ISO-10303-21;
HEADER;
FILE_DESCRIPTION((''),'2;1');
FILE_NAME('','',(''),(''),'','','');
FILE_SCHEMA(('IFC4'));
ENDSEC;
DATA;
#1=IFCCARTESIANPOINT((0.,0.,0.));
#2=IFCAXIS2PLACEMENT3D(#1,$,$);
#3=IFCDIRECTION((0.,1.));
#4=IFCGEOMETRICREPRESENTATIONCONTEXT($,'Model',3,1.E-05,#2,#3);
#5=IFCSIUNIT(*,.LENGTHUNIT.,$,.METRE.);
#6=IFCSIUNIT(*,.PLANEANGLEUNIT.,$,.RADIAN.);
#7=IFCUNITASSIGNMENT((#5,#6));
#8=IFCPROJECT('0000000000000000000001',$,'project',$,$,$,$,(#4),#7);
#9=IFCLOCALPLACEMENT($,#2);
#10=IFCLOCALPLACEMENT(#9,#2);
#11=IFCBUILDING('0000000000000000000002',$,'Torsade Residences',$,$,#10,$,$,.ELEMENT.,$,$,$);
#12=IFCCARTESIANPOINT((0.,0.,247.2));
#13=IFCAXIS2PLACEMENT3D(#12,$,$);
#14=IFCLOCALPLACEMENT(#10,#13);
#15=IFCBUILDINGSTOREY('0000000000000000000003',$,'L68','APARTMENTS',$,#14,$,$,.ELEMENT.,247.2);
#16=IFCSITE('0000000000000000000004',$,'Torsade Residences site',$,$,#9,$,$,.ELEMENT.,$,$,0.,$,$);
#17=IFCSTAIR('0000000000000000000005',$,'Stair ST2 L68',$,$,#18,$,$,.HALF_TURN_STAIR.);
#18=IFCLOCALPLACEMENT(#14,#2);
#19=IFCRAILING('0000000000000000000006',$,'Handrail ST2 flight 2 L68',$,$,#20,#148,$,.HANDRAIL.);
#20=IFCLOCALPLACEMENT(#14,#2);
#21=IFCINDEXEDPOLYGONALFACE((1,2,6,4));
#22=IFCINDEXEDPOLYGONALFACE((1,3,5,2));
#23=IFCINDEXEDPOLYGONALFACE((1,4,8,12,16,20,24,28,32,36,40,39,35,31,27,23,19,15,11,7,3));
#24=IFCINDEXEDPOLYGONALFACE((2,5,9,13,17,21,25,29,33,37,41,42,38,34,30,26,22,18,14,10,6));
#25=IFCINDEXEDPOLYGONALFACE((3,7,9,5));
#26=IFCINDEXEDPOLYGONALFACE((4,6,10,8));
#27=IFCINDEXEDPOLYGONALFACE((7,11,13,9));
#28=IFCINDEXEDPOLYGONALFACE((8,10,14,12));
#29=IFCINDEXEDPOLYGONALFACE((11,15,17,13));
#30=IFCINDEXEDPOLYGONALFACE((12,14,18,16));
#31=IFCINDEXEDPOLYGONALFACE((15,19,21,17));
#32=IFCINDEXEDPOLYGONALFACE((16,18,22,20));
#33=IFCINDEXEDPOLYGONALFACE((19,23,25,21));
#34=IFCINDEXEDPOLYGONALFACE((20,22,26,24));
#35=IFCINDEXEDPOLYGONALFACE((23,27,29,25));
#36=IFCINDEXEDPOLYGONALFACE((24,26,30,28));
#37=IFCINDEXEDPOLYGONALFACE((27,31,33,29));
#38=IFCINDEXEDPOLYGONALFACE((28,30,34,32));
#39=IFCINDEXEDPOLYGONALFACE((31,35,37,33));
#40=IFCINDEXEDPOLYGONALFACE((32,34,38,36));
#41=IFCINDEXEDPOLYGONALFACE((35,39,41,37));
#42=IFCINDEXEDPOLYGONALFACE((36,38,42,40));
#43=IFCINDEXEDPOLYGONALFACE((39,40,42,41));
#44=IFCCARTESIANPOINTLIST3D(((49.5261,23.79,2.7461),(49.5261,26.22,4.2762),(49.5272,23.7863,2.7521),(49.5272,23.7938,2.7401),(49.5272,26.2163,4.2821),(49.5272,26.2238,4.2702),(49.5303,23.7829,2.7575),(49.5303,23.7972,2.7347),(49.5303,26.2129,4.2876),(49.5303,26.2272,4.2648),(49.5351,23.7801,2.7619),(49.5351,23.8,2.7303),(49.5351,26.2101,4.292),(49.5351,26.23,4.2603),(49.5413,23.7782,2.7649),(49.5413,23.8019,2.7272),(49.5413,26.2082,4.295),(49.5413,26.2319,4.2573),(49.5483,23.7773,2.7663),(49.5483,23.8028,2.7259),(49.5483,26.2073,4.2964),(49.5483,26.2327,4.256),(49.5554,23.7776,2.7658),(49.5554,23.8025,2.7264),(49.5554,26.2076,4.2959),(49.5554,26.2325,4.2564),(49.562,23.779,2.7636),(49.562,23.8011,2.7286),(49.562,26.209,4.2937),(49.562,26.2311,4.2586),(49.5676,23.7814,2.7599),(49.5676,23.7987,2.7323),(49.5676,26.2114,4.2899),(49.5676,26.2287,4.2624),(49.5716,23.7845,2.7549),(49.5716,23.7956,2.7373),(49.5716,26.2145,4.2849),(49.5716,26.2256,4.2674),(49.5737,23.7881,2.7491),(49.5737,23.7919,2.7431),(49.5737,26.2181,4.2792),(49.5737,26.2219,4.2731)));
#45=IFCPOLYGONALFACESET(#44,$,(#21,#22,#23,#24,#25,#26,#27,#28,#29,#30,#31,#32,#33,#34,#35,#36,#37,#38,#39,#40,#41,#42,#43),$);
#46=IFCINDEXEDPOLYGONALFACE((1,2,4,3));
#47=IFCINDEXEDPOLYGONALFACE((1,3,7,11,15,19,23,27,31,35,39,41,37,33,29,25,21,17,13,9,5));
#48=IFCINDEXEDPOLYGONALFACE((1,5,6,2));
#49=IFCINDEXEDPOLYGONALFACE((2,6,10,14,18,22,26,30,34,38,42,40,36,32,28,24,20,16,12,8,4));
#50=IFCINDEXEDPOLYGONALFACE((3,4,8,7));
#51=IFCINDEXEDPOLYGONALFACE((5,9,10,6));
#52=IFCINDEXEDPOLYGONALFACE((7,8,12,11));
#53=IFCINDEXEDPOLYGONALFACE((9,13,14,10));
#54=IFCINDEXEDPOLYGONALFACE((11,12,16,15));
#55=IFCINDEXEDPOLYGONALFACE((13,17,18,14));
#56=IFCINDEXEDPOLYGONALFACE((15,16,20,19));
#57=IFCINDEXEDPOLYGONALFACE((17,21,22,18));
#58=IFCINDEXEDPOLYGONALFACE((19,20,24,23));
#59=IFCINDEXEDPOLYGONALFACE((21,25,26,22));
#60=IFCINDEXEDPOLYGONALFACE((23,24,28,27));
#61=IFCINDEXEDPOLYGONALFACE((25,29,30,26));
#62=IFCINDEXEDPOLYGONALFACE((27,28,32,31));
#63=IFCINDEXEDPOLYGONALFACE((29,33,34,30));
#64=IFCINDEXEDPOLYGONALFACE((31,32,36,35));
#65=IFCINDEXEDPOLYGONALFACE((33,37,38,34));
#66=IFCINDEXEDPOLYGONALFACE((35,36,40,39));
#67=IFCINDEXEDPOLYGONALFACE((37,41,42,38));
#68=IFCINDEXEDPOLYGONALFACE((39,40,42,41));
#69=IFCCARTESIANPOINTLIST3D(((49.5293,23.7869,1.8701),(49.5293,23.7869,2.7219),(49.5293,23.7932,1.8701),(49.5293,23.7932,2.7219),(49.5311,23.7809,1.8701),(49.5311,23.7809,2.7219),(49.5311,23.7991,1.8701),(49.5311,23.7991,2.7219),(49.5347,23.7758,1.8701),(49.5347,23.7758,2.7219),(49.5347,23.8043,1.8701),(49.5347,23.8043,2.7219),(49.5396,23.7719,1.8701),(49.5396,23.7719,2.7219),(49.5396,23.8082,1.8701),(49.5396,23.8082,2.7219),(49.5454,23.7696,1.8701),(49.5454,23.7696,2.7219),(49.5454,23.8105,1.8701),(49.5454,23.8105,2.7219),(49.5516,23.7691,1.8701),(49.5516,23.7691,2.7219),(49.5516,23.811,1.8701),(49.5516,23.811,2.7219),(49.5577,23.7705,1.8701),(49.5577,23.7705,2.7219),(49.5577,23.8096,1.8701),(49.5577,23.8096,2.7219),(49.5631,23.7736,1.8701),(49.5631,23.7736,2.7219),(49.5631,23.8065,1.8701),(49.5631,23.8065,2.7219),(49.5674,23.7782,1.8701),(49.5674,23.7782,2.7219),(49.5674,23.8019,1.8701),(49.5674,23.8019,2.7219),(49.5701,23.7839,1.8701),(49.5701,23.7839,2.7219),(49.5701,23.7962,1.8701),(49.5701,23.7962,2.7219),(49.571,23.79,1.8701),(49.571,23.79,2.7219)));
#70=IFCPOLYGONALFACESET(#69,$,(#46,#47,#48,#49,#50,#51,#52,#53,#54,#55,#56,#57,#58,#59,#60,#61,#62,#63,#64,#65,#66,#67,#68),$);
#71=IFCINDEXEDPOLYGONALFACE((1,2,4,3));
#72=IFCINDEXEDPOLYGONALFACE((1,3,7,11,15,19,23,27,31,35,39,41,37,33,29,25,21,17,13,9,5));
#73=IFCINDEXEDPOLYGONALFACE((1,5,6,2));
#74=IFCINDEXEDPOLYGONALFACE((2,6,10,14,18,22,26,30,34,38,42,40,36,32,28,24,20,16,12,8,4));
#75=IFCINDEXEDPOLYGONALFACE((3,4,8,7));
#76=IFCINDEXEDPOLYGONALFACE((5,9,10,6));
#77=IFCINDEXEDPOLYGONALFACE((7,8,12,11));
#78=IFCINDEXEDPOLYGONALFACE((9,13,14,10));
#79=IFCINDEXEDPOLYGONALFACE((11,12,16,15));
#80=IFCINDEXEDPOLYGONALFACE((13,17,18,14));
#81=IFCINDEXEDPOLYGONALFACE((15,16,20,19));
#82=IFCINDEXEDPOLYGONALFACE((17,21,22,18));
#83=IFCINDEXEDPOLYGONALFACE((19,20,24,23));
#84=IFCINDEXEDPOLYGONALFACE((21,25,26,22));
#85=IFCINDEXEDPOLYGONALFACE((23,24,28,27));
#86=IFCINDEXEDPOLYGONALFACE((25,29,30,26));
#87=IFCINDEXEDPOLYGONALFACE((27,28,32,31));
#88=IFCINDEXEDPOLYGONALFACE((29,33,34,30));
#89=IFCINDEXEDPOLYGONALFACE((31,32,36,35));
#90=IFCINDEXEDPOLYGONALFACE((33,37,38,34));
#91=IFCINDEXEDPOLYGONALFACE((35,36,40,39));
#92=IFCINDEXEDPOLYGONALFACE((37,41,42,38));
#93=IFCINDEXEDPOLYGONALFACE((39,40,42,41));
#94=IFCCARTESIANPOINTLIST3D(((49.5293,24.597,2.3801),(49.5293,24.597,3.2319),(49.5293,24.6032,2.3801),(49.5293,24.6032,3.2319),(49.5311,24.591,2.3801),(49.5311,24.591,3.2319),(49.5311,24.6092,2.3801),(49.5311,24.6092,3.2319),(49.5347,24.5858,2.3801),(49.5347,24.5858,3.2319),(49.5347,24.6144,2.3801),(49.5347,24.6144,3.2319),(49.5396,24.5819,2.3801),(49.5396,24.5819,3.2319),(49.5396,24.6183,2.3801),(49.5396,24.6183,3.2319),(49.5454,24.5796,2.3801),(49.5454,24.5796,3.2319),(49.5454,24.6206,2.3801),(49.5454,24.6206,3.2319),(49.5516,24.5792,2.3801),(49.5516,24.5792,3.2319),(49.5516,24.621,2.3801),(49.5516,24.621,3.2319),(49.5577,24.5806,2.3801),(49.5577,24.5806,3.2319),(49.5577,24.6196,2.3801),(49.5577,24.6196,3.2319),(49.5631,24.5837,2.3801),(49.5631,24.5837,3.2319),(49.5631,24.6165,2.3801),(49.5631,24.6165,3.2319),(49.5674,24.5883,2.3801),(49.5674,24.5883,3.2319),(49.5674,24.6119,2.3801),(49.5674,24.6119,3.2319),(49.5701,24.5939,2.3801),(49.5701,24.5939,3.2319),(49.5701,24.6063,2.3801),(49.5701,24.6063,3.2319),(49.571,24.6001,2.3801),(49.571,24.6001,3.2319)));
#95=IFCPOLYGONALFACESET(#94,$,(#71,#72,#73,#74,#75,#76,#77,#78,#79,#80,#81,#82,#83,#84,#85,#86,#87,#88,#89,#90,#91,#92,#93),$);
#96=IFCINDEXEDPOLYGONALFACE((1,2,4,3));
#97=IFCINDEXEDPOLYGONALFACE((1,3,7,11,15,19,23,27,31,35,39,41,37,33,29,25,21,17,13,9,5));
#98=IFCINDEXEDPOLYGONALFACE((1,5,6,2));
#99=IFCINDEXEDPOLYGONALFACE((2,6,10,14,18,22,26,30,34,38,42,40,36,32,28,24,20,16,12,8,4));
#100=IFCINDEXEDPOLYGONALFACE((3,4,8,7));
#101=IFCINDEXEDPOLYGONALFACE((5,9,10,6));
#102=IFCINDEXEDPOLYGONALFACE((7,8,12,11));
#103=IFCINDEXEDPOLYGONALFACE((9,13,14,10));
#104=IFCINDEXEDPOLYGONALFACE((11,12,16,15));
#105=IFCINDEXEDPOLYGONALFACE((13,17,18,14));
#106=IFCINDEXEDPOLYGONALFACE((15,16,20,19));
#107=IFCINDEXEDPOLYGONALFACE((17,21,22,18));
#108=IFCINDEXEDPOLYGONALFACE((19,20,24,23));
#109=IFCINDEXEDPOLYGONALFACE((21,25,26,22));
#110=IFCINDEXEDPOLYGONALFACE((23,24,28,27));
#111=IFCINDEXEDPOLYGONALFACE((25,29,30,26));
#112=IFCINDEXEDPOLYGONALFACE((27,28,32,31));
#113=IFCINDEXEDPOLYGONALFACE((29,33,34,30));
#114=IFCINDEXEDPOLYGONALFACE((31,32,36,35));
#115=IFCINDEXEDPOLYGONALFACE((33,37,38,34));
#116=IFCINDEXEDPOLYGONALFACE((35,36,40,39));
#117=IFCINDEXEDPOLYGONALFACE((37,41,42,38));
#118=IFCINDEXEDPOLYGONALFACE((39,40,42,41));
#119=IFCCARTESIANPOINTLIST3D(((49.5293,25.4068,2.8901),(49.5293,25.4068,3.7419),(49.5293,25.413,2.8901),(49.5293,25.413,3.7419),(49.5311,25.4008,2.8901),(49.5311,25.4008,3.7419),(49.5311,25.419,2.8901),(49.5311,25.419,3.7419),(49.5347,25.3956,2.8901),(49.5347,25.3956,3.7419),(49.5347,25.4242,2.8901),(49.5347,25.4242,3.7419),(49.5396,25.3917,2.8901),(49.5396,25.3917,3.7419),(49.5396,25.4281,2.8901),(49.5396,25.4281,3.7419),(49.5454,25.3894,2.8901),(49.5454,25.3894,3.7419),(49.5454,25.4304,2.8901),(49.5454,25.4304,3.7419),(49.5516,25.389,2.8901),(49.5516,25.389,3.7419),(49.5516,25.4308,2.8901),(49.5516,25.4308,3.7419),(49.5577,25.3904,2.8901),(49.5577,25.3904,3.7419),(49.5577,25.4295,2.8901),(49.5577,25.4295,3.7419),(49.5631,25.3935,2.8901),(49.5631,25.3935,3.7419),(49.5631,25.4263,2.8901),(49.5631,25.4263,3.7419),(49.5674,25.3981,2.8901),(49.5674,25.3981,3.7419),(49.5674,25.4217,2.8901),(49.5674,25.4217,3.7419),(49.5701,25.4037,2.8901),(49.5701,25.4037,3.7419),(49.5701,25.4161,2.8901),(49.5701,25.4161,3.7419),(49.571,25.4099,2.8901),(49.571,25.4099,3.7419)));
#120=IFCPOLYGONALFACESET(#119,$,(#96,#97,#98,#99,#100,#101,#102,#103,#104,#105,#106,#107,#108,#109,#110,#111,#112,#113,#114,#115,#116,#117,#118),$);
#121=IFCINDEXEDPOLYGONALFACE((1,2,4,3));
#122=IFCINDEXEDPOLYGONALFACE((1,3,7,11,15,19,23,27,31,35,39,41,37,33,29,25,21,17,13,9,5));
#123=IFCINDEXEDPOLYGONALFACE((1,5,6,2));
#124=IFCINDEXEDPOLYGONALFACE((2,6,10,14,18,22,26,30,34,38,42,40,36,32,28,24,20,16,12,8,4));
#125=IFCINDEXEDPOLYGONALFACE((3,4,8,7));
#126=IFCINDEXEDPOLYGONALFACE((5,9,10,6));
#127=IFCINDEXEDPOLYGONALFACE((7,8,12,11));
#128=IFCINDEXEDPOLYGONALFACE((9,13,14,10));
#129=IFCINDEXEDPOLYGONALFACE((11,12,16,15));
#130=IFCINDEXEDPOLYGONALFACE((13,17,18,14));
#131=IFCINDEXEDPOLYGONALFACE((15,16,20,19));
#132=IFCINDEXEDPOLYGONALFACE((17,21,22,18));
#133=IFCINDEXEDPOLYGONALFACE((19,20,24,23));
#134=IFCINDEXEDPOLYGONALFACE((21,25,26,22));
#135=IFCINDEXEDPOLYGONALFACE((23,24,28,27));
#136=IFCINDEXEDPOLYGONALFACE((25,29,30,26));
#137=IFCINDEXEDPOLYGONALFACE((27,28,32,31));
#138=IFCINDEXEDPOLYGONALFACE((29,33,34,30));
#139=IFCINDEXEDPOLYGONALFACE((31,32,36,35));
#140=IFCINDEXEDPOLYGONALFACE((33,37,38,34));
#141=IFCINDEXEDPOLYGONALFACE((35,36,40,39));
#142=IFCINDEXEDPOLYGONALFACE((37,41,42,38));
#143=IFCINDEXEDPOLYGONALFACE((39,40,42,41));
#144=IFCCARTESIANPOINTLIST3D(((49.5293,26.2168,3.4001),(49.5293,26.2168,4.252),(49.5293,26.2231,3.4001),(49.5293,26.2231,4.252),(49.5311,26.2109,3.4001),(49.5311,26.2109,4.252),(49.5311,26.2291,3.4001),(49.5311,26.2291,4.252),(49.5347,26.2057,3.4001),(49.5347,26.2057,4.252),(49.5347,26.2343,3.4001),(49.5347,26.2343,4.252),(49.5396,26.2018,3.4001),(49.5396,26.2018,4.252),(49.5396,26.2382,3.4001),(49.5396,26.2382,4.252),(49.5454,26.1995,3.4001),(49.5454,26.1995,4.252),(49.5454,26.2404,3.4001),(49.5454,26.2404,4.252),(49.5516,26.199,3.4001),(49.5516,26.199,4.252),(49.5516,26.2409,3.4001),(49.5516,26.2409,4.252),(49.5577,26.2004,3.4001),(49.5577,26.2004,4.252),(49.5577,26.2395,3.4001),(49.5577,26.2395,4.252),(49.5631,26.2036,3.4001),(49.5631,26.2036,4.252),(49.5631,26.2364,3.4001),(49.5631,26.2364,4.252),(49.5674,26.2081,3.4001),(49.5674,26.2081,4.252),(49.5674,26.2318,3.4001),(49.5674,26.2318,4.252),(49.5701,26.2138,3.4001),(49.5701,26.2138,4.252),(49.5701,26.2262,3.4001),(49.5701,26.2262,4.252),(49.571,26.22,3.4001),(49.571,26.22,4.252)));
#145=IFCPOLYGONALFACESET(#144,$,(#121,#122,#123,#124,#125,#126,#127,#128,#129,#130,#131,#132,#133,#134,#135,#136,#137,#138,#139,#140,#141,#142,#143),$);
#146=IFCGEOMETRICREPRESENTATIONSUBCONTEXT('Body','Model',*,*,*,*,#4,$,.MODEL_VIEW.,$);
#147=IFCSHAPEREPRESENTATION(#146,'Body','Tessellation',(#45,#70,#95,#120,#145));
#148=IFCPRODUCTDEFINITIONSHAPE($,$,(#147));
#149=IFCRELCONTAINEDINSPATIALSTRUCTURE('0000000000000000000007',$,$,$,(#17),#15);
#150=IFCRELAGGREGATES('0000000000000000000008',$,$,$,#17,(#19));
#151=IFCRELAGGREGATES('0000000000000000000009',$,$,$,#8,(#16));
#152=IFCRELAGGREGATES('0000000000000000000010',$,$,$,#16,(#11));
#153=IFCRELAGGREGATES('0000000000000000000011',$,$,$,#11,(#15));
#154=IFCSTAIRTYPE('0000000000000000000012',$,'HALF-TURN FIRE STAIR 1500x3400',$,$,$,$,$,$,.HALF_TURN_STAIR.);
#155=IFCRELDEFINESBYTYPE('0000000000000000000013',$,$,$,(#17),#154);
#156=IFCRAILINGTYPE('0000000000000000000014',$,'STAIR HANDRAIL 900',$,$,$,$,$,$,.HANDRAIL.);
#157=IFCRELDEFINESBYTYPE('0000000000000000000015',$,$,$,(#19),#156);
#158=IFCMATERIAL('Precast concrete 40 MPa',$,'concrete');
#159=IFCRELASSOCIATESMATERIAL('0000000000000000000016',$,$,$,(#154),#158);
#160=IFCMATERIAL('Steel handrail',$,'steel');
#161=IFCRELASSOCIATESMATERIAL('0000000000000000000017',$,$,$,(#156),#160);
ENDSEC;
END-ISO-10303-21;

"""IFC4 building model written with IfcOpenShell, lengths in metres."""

from ifc_helpers import new_model, si_unit, direction, frame, origin, origin_2d, place, context, subcontext, project, spatial, circle, extrude, material, type_object, element, aggregate, save


model = new_model("IFC4")

# Units and contexts
model_context = context("Model", 3, precision=1e-05, world=origin(), true_north=direction((0.0, 1.0)))
body_context = subcontext(model_context, "Body", "Model", "MODEL_VIEW")
ifc_project = project(units=[si_unit("LENGTHUNIT", "METRE"), si_unit("PLANEANGLEUNIT", "RADIAN")], contexts=[model_context])

# Site, building, storey
site_placement = place(None, origin())
site = spatial("IfcSite", under=ifc_project, at=site_placement, Name="Torsade Residences site", CompositionType="ELEMENT", RefElevation=0.0)
building_placement = place(site_placement, origin())
building = spatial("IfcBuilding", under=site, at=building_placement, Name="Torsade Residences", CompositionType="ELEMENT")
storey_placement = place(building_placement, frame((0.0, 0.0, 247.2)))
storey = spatial("IfcBuildingStorey", under=building, at=storey_placement, Name="L68", Description="APARTMENTS", CompositionType="ELEMENT", Elevation=247.2)

# Stair, railing
ifc_material_1 = material(Name="Precast concrete 40 MPa", Category="concrete")
stair_type = type_object("IfcStairType", Name="HALF-TURN FIRE STAIR 1500x3400", PredefinedType="HALF_TURN_STAIR", material=ifc_material_1)
stair_placement = place(storey_placement, origin())
stair = element("IfcStair", 1, at=stair_placement, inside=storey, type_object=stair_type, Name="Stair ST2 L68", PredefinedType="HALF_TURN_STAIR")
ifc_material_2 = material(Name="Steel handrail", Category="steel")
railing_type = type_object("IfcRailingType", Name="STAIR HANDRAIL 900", PredefinedType="HANDRAIL", material=ifc_material_2)
railing_1_placement = place(storey_placement, frame((49.55, 23.79, 1.8701)))
railing_1 = element("IfcRailing", 2, at=railing_1_placement, type_object=railing_type, Name="Handrail ST2 flight 2 L68", PredefinedType="HANDRAIL", context=body_context, shape_type="SweptSolid", body=[
    extrude(circle(Radius=0.0239, at=origin_2d()), frame((0.0, 0.0, 0.876), z_axis=(0.0, 0.846221, 0.532831), x_axis=(-1.0, 0.0, 0.0)), (0.0, 0.0, 1.0), 2.8716),
    extrude(circle(Radius=0.021, at=origin_2d()), origin(), (0.0, 0.0, 1.0), 0.8518),
    extrude(circle(Radius=0.021, at=origin_2d()), frame((0.0, 0.8101, 0.51)), (0.0, 0.0, 1.0), 0.8518),
    extrude(circle(Radius=0.021, at=origin_2d()), frame((0.0, 1.6199, 1.02)), (0.0, 0.0, 1.0), 0.8518),
    extrude(circle(Radius=0.021, at=origin_2d()), frame((0.0, 2.4299, 1.53)), (0.0, 0.0, 1.0), 0.8518),
])
aggregate(stair, [railing_1])

save(model, "model.ifc")
